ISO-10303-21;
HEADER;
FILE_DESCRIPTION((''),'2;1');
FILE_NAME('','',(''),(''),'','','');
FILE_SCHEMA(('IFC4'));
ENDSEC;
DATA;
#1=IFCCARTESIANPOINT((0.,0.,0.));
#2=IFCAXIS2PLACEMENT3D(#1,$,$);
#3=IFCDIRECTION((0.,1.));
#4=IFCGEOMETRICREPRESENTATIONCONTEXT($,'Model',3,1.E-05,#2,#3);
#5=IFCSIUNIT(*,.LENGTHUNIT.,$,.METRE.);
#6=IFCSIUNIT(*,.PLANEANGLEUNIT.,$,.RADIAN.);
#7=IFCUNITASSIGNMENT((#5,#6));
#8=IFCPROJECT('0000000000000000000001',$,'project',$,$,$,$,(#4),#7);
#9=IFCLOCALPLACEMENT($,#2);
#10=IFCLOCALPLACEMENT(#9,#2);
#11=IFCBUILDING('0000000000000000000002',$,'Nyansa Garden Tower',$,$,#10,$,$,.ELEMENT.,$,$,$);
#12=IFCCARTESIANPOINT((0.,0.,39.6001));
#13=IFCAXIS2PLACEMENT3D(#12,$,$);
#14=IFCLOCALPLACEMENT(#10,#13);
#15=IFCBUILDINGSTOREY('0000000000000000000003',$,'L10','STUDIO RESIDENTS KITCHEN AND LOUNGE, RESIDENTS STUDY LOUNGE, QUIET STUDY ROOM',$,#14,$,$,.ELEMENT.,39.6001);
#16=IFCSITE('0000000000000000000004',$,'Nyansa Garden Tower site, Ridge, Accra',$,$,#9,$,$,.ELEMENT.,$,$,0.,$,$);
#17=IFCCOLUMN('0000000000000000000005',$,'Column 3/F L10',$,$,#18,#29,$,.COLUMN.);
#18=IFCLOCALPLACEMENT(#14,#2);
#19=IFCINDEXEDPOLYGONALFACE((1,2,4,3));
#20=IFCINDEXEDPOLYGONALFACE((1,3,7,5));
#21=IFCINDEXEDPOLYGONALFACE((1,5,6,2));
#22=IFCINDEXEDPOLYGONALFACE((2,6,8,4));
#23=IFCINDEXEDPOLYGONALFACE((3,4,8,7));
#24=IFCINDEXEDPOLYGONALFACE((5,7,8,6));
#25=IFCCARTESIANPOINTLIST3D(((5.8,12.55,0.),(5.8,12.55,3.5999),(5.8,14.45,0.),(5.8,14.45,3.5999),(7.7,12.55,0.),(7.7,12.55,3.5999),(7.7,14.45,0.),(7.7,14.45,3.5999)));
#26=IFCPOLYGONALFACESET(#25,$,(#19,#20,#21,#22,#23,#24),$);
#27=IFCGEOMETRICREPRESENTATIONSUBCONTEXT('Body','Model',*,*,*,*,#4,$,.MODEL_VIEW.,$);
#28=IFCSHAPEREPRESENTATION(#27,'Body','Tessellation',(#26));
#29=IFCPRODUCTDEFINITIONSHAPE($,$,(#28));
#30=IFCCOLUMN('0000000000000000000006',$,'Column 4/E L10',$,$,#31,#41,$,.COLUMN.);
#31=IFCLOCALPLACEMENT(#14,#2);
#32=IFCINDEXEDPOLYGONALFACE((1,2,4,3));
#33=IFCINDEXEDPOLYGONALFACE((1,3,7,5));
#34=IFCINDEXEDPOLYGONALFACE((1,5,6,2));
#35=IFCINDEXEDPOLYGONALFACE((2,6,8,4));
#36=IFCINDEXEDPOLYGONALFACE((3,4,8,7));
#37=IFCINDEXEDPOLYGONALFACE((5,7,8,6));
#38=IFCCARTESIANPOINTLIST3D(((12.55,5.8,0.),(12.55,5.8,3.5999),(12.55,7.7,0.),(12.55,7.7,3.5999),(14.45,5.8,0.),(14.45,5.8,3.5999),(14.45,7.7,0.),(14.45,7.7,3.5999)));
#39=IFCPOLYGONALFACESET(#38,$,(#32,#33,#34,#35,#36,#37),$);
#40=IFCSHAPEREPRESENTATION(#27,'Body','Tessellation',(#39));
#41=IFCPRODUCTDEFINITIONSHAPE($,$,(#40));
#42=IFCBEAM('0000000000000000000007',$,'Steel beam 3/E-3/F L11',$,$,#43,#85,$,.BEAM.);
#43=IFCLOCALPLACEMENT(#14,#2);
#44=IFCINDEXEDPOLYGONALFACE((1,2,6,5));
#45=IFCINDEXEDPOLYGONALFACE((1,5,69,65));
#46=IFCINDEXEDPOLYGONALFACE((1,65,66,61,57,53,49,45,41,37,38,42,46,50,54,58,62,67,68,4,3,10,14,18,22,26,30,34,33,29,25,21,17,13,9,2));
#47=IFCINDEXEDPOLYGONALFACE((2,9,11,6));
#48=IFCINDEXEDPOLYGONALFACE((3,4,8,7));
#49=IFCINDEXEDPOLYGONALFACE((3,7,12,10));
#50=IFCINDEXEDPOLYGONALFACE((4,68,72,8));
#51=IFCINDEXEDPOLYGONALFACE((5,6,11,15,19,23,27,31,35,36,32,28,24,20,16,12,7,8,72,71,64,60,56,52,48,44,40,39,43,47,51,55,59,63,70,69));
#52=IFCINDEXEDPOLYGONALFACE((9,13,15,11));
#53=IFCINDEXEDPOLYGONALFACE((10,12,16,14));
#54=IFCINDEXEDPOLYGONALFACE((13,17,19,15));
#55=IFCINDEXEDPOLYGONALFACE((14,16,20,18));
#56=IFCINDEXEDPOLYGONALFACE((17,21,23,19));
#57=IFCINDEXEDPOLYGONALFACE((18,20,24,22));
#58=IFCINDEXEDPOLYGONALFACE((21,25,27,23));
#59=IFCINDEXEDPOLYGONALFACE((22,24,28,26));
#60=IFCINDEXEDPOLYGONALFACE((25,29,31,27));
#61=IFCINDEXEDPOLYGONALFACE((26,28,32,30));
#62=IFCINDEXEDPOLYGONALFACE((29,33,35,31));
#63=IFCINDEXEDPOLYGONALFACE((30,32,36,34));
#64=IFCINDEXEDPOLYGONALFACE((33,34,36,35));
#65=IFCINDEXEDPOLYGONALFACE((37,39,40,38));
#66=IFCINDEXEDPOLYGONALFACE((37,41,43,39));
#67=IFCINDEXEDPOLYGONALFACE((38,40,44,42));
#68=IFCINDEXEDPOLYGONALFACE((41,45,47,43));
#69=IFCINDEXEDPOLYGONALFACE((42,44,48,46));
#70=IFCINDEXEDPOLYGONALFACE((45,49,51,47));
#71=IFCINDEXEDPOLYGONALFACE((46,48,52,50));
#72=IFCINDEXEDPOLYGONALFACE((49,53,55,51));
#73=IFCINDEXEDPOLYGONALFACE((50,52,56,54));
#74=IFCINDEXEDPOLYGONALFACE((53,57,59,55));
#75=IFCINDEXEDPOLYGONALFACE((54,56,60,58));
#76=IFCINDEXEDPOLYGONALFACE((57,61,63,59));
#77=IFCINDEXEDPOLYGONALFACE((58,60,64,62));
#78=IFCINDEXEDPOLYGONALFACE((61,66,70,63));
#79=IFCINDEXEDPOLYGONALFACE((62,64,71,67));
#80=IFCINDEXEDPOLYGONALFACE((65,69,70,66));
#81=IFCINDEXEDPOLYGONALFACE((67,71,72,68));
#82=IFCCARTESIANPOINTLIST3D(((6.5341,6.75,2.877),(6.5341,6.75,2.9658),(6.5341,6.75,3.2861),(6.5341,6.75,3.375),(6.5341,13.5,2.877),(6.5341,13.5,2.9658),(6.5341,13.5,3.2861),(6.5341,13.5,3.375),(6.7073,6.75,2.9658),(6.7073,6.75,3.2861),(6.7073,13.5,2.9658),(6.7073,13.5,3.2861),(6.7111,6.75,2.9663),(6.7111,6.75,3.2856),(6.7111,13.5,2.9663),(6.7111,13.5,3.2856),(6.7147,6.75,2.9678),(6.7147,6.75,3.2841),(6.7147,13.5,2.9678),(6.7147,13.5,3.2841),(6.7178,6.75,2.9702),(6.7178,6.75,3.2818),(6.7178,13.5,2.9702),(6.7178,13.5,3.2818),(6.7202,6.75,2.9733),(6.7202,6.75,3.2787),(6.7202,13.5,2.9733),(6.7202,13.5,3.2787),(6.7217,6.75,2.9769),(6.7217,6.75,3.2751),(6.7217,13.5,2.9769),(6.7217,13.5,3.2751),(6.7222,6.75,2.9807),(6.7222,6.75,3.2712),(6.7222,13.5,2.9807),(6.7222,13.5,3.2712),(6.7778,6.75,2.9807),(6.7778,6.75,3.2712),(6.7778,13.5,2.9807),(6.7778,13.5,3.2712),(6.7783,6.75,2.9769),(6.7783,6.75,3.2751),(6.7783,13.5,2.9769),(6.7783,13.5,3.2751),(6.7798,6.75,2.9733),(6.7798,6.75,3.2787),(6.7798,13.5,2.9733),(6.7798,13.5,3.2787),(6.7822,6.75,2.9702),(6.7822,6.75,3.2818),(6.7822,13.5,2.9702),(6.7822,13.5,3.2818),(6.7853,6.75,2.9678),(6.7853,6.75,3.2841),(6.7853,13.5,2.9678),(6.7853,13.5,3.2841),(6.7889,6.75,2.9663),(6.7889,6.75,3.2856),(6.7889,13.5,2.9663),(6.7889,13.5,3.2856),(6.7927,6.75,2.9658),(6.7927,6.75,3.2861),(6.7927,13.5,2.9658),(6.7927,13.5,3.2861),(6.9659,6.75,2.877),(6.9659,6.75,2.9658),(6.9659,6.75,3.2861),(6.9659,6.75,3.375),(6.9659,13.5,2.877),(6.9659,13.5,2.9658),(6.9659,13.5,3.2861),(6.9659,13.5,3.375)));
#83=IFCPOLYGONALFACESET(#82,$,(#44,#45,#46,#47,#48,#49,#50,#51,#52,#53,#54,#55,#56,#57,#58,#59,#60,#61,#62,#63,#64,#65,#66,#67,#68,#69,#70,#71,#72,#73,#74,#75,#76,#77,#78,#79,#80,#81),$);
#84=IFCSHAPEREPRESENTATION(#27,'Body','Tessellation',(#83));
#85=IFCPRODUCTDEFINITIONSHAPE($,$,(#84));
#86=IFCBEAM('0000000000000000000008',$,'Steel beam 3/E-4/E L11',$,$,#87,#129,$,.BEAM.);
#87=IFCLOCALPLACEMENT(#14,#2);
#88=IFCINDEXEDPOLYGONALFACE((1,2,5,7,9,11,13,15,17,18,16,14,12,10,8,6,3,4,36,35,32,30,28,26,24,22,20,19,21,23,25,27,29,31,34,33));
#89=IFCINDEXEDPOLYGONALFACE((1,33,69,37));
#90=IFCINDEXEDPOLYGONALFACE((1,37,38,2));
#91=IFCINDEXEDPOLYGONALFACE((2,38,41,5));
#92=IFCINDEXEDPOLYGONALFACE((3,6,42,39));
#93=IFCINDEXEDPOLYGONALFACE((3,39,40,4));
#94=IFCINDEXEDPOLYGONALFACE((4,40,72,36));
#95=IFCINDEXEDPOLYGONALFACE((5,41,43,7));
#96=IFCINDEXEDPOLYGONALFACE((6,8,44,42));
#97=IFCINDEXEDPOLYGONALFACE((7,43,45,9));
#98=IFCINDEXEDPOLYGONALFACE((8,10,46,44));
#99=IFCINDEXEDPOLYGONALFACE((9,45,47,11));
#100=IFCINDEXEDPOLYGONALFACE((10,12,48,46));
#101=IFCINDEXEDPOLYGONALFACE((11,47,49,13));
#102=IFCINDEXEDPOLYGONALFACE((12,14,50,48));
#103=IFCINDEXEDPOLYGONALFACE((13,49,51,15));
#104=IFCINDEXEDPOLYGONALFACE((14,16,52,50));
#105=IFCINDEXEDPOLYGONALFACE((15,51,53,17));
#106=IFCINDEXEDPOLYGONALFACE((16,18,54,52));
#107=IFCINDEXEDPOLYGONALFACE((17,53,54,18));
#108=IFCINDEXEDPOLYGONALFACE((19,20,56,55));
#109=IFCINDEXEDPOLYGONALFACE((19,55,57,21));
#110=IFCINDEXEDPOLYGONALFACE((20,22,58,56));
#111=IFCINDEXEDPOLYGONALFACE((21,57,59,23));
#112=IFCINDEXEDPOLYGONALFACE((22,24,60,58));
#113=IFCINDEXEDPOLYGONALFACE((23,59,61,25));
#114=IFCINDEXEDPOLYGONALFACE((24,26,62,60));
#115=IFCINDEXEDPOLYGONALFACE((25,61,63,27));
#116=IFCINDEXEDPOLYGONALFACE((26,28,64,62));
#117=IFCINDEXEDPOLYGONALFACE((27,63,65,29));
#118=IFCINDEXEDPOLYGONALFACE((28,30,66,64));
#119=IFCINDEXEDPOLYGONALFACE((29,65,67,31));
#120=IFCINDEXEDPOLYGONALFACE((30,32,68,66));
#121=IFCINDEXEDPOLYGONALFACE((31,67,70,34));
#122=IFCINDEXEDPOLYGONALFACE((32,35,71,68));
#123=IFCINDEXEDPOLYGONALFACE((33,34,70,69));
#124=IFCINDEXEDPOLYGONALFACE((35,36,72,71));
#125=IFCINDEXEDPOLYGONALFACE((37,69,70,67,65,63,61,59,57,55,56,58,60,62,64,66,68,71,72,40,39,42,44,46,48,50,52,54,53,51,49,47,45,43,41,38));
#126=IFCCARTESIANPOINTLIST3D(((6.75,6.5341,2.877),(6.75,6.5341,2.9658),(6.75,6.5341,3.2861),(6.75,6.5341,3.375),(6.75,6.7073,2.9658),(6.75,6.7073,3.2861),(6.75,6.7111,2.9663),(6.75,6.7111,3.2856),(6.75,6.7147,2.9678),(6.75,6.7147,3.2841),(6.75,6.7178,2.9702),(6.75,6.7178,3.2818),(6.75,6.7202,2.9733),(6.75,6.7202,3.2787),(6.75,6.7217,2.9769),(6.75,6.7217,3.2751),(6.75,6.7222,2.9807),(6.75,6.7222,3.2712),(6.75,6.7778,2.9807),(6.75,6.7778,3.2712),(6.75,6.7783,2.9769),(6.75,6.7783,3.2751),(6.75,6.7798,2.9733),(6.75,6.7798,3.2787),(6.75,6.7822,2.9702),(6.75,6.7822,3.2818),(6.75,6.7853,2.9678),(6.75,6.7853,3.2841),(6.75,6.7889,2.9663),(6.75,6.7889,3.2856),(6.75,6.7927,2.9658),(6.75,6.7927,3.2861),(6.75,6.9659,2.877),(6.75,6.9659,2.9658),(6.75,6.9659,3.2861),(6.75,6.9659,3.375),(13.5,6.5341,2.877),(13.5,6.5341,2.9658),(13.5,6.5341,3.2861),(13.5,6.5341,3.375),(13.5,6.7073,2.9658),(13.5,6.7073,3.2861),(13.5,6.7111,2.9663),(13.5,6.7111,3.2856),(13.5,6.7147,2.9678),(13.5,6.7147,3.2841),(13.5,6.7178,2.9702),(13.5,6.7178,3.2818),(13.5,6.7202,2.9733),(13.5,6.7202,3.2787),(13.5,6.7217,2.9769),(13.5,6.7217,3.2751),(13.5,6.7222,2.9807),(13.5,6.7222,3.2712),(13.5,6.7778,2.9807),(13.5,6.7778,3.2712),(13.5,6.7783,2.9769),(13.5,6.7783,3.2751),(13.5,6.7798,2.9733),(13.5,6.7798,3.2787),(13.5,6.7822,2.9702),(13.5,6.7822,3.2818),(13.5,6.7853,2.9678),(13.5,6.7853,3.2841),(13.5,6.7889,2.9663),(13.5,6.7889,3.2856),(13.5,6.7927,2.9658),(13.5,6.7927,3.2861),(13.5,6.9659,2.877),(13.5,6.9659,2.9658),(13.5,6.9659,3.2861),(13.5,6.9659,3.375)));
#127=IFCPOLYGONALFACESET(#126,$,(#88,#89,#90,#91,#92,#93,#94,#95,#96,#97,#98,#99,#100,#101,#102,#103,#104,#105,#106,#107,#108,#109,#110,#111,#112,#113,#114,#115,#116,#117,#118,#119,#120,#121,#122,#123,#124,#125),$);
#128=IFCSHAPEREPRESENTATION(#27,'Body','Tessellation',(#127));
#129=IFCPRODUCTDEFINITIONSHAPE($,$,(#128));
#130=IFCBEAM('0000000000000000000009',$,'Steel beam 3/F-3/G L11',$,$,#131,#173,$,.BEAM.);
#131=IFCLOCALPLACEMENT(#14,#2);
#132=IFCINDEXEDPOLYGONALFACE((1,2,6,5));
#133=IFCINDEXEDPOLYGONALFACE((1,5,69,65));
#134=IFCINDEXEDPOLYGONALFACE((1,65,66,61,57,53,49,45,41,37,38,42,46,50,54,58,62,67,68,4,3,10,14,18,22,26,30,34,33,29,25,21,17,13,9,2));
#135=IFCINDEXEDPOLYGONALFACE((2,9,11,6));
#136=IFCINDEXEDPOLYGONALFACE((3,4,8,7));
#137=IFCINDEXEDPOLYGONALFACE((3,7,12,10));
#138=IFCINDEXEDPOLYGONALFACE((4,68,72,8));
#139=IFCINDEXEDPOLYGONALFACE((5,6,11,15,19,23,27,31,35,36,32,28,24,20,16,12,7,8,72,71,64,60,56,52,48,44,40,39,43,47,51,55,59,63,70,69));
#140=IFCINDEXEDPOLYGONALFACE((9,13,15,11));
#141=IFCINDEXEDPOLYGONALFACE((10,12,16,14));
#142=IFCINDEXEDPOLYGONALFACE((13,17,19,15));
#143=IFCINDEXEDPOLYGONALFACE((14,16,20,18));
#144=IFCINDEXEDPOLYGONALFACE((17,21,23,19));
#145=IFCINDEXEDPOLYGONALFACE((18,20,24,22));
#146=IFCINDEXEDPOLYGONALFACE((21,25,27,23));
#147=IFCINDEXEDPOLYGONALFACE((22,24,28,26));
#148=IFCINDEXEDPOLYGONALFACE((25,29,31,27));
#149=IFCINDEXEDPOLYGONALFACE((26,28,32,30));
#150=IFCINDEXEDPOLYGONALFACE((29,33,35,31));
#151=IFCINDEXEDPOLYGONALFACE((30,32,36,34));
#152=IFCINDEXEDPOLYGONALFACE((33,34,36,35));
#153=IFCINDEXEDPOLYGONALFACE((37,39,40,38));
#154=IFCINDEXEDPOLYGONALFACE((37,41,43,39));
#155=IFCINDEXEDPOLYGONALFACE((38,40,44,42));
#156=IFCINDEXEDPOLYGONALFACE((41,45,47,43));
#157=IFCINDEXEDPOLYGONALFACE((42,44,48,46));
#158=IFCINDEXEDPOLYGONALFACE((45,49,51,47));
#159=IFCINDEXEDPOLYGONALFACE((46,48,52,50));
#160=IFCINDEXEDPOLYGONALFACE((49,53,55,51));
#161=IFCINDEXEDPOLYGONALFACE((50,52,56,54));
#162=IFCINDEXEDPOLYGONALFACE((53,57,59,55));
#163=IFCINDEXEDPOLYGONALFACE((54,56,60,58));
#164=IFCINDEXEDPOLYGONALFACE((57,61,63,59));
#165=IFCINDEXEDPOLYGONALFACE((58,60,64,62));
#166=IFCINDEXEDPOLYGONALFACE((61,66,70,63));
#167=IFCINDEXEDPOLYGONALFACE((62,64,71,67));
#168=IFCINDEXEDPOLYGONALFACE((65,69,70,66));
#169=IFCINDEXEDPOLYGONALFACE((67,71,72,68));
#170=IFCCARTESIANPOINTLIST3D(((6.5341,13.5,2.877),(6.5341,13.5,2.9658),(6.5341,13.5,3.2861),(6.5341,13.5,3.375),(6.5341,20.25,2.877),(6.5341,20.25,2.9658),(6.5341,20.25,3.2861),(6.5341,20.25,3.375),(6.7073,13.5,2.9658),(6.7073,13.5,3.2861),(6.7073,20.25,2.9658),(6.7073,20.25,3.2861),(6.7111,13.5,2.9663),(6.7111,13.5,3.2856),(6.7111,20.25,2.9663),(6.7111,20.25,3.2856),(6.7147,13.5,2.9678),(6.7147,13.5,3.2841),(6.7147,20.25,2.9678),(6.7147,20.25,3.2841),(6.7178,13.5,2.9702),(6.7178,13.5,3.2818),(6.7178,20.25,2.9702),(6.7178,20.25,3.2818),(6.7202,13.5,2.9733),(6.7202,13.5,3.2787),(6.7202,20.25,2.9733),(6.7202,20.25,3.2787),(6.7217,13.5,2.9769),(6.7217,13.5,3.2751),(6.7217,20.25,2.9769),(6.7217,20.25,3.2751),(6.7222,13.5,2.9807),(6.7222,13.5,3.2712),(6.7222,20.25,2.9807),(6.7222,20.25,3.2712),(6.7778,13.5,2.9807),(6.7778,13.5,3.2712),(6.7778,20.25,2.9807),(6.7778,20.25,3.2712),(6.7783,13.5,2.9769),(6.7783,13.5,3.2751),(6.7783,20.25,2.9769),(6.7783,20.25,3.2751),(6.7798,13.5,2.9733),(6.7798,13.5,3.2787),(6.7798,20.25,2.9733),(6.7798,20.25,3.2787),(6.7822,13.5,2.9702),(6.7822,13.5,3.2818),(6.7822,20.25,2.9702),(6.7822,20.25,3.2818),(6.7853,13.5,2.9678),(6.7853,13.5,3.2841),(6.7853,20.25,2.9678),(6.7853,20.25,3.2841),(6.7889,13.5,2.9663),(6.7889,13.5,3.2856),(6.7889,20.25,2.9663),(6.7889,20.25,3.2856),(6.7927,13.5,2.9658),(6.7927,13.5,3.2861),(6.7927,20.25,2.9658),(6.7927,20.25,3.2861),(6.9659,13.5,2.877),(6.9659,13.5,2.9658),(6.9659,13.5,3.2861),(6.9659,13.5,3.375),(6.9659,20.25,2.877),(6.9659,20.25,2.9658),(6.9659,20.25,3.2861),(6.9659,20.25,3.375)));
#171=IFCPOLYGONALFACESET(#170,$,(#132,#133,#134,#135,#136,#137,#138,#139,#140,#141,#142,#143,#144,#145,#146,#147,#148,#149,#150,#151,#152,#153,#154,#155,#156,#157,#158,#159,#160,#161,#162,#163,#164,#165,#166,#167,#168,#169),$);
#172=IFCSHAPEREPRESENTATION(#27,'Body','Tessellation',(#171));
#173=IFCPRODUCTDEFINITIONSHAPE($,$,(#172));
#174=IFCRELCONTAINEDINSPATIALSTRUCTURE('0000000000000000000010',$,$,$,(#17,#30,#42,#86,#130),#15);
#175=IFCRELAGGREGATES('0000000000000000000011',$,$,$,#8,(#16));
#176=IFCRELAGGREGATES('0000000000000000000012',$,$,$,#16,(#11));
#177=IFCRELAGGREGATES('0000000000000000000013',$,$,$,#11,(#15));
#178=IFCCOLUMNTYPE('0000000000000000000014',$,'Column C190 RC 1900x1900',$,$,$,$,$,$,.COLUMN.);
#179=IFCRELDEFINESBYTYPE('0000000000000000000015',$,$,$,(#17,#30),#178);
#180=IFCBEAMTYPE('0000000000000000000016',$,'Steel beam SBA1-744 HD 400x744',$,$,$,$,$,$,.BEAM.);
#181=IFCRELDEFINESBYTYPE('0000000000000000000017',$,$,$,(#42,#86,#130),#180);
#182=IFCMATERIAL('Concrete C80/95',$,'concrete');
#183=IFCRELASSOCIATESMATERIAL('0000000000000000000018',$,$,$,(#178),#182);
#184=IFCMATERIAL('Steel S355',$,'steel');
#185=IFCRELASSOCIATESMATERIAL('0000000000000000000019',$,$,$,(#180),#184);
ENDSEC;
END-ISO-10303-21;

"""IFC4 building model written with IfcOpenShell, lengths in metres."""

from ifc_helpers import new_model, si_unit, direction, frame, origin, origin_2d, place, context, subcontext, project, spatial, rectangle, i_section, extrude, material, material_profile, profile_set, type_object, element, save


model = new_model("IFC4")

# Units and contexts
model_context = context("Model", 3, precision=1e-05, world=origin(), true_north=direction((0.0, 1.0)))
body_context = subcontext(model_context, "Body", "Model", "MODEL_VIEW")
ifc_project = project(units=[si_unit("LENGTHUNIT", "METRE"), si_unit("PLANEANGLEUNIT", "RADIAN")], contexts=[model_context])

# Site, building, storey
site_placement = place(None, origin())
site = spatial("IfcSite", under=ifc_project, at=site_placement, Name="Nyansa Garden Tower site, Ridge, Accra", CompositionType="ELEMENT", RefElevation=0.0)
building_placement = place(site_placement, origin())
building = spatial("IfcBuilding", under=site, at=building_placement, Name="Nyansa Garden Tower", CompositionType="ELEMENT")
storey_placement = place(building_placement, frame((0.0, 0.0, 39.6001)))
storey = spatial("IfcBuildingStorey", under=building, at=storey_placement, Name="L10", Description="STUDIO RESIDENTS KITCHEN AND LOUNGE, RESIDENTS STUDY LOUNGE, QUIET STUDY ROOM", CompositionType="ELEMENT", Elevation=39.6001)

# Columns
ifc_material_1 = material(Name="Concrete C80/95", Category="concrete")
ifc_material_profile_1 = material_profile(ifc_material_1, rectangle(XDim=1.8999, YDim=1.8999, at=origin_2d()), Name="RC 1900x1900")
ifc_profile_set_1 = profile_set([ifc_material_profile_1], Name="Concrete C80/95")
column_type = type_object("IfcColumnType", Name="Column C190 RC 1900x1900", PredefinedType="COLUMN", material=ifc_profile_set_1)
for number, where, z_axis, x_axis, name in (
    (1, (6.75, 13.5, 0.0), (0.0, 0.0, 1.0), (1.0, 0.0, 0.0), "Column 3/F L10"),
    (2, (13.5, 6.75, 0.0), (0.0, 0.0, 1.0), (1.0, 0.0, 0.0), "Column 4/E L10"),
):
    element("IfcColumn", number, at=place(storey_placement, frame(where, z_axis=z_axis, x_axis=x_axis)), inside=storey, type_object=column_type, Name=name, PredefinedType="COLUMN", context=body_context, shape_type="SweptSolid", body=[
        extrude(rectangle(XDim=1.8999, YDim=1.8999, at=origin_2d()), origin(), (0.0, 0.0, 1.0), 3.5999),
    ])

# Beams
ifc_material_2 = material(Name="Steel S355", Category="steel")
ifc_material_profile_2 = material_profile(ifc_material_2, i_section(OverallWidth=0.4319, OverallDepth=0.498, WebThickness=0.0557, FlangeThickness=0.0889, FilletRadius=0.0149, at=origin_2d()), Name="HD 400x744")
ifc_profile_set_2 = profile_set([ifc_material_profile_2], Name="Steel S355")
beam_type_1 = type_object("IfcBeamType", Name="Steel beam SBA1-744 HD 400x744", PredefinedType="BEAM", material=ifc_profile_set_2)
for number, where, z_axis, x_axis, name in (
    (3, (6.75, 6.75, 3.126), (0.0, 1.0, 0.0), (-1.0, 0.0, 0.0), "Steel beam 3/E-3/F L11"),
    (4, (6.75, 6.75, 3.126), (1.0, 0.0, 0.0), (0.0, 1.0, 0.0), "Steel beam 3/E-4/E L11"),
    (5, (6.75, 13.5, 3.126), (0.0, 1.0, 0.0), (-1.0, 0.0, 0.0), "Steel beam 3/F-3/G L11"),
):
    element("IfcBeam", number, at=place(storey_placement, frame(where, z_axis=z_axis, x_axis=x_axis)), inside=storey, type_object=beam_type_1, Name=name, PredefinedType="BEAM", context=body_context, shape_type="SweptSolid", body=[
        extrude(i_section(OverallWidth=0.4319, OverallDepth=0.498, WebThickness=0.0557, FlangeThickness=0.0889, FilletRadius=0.0149, at=origin_2d()), origin(), (0.0, 0.0, 1.0), 6.75),
    ])

save(model, "model.ifc")
